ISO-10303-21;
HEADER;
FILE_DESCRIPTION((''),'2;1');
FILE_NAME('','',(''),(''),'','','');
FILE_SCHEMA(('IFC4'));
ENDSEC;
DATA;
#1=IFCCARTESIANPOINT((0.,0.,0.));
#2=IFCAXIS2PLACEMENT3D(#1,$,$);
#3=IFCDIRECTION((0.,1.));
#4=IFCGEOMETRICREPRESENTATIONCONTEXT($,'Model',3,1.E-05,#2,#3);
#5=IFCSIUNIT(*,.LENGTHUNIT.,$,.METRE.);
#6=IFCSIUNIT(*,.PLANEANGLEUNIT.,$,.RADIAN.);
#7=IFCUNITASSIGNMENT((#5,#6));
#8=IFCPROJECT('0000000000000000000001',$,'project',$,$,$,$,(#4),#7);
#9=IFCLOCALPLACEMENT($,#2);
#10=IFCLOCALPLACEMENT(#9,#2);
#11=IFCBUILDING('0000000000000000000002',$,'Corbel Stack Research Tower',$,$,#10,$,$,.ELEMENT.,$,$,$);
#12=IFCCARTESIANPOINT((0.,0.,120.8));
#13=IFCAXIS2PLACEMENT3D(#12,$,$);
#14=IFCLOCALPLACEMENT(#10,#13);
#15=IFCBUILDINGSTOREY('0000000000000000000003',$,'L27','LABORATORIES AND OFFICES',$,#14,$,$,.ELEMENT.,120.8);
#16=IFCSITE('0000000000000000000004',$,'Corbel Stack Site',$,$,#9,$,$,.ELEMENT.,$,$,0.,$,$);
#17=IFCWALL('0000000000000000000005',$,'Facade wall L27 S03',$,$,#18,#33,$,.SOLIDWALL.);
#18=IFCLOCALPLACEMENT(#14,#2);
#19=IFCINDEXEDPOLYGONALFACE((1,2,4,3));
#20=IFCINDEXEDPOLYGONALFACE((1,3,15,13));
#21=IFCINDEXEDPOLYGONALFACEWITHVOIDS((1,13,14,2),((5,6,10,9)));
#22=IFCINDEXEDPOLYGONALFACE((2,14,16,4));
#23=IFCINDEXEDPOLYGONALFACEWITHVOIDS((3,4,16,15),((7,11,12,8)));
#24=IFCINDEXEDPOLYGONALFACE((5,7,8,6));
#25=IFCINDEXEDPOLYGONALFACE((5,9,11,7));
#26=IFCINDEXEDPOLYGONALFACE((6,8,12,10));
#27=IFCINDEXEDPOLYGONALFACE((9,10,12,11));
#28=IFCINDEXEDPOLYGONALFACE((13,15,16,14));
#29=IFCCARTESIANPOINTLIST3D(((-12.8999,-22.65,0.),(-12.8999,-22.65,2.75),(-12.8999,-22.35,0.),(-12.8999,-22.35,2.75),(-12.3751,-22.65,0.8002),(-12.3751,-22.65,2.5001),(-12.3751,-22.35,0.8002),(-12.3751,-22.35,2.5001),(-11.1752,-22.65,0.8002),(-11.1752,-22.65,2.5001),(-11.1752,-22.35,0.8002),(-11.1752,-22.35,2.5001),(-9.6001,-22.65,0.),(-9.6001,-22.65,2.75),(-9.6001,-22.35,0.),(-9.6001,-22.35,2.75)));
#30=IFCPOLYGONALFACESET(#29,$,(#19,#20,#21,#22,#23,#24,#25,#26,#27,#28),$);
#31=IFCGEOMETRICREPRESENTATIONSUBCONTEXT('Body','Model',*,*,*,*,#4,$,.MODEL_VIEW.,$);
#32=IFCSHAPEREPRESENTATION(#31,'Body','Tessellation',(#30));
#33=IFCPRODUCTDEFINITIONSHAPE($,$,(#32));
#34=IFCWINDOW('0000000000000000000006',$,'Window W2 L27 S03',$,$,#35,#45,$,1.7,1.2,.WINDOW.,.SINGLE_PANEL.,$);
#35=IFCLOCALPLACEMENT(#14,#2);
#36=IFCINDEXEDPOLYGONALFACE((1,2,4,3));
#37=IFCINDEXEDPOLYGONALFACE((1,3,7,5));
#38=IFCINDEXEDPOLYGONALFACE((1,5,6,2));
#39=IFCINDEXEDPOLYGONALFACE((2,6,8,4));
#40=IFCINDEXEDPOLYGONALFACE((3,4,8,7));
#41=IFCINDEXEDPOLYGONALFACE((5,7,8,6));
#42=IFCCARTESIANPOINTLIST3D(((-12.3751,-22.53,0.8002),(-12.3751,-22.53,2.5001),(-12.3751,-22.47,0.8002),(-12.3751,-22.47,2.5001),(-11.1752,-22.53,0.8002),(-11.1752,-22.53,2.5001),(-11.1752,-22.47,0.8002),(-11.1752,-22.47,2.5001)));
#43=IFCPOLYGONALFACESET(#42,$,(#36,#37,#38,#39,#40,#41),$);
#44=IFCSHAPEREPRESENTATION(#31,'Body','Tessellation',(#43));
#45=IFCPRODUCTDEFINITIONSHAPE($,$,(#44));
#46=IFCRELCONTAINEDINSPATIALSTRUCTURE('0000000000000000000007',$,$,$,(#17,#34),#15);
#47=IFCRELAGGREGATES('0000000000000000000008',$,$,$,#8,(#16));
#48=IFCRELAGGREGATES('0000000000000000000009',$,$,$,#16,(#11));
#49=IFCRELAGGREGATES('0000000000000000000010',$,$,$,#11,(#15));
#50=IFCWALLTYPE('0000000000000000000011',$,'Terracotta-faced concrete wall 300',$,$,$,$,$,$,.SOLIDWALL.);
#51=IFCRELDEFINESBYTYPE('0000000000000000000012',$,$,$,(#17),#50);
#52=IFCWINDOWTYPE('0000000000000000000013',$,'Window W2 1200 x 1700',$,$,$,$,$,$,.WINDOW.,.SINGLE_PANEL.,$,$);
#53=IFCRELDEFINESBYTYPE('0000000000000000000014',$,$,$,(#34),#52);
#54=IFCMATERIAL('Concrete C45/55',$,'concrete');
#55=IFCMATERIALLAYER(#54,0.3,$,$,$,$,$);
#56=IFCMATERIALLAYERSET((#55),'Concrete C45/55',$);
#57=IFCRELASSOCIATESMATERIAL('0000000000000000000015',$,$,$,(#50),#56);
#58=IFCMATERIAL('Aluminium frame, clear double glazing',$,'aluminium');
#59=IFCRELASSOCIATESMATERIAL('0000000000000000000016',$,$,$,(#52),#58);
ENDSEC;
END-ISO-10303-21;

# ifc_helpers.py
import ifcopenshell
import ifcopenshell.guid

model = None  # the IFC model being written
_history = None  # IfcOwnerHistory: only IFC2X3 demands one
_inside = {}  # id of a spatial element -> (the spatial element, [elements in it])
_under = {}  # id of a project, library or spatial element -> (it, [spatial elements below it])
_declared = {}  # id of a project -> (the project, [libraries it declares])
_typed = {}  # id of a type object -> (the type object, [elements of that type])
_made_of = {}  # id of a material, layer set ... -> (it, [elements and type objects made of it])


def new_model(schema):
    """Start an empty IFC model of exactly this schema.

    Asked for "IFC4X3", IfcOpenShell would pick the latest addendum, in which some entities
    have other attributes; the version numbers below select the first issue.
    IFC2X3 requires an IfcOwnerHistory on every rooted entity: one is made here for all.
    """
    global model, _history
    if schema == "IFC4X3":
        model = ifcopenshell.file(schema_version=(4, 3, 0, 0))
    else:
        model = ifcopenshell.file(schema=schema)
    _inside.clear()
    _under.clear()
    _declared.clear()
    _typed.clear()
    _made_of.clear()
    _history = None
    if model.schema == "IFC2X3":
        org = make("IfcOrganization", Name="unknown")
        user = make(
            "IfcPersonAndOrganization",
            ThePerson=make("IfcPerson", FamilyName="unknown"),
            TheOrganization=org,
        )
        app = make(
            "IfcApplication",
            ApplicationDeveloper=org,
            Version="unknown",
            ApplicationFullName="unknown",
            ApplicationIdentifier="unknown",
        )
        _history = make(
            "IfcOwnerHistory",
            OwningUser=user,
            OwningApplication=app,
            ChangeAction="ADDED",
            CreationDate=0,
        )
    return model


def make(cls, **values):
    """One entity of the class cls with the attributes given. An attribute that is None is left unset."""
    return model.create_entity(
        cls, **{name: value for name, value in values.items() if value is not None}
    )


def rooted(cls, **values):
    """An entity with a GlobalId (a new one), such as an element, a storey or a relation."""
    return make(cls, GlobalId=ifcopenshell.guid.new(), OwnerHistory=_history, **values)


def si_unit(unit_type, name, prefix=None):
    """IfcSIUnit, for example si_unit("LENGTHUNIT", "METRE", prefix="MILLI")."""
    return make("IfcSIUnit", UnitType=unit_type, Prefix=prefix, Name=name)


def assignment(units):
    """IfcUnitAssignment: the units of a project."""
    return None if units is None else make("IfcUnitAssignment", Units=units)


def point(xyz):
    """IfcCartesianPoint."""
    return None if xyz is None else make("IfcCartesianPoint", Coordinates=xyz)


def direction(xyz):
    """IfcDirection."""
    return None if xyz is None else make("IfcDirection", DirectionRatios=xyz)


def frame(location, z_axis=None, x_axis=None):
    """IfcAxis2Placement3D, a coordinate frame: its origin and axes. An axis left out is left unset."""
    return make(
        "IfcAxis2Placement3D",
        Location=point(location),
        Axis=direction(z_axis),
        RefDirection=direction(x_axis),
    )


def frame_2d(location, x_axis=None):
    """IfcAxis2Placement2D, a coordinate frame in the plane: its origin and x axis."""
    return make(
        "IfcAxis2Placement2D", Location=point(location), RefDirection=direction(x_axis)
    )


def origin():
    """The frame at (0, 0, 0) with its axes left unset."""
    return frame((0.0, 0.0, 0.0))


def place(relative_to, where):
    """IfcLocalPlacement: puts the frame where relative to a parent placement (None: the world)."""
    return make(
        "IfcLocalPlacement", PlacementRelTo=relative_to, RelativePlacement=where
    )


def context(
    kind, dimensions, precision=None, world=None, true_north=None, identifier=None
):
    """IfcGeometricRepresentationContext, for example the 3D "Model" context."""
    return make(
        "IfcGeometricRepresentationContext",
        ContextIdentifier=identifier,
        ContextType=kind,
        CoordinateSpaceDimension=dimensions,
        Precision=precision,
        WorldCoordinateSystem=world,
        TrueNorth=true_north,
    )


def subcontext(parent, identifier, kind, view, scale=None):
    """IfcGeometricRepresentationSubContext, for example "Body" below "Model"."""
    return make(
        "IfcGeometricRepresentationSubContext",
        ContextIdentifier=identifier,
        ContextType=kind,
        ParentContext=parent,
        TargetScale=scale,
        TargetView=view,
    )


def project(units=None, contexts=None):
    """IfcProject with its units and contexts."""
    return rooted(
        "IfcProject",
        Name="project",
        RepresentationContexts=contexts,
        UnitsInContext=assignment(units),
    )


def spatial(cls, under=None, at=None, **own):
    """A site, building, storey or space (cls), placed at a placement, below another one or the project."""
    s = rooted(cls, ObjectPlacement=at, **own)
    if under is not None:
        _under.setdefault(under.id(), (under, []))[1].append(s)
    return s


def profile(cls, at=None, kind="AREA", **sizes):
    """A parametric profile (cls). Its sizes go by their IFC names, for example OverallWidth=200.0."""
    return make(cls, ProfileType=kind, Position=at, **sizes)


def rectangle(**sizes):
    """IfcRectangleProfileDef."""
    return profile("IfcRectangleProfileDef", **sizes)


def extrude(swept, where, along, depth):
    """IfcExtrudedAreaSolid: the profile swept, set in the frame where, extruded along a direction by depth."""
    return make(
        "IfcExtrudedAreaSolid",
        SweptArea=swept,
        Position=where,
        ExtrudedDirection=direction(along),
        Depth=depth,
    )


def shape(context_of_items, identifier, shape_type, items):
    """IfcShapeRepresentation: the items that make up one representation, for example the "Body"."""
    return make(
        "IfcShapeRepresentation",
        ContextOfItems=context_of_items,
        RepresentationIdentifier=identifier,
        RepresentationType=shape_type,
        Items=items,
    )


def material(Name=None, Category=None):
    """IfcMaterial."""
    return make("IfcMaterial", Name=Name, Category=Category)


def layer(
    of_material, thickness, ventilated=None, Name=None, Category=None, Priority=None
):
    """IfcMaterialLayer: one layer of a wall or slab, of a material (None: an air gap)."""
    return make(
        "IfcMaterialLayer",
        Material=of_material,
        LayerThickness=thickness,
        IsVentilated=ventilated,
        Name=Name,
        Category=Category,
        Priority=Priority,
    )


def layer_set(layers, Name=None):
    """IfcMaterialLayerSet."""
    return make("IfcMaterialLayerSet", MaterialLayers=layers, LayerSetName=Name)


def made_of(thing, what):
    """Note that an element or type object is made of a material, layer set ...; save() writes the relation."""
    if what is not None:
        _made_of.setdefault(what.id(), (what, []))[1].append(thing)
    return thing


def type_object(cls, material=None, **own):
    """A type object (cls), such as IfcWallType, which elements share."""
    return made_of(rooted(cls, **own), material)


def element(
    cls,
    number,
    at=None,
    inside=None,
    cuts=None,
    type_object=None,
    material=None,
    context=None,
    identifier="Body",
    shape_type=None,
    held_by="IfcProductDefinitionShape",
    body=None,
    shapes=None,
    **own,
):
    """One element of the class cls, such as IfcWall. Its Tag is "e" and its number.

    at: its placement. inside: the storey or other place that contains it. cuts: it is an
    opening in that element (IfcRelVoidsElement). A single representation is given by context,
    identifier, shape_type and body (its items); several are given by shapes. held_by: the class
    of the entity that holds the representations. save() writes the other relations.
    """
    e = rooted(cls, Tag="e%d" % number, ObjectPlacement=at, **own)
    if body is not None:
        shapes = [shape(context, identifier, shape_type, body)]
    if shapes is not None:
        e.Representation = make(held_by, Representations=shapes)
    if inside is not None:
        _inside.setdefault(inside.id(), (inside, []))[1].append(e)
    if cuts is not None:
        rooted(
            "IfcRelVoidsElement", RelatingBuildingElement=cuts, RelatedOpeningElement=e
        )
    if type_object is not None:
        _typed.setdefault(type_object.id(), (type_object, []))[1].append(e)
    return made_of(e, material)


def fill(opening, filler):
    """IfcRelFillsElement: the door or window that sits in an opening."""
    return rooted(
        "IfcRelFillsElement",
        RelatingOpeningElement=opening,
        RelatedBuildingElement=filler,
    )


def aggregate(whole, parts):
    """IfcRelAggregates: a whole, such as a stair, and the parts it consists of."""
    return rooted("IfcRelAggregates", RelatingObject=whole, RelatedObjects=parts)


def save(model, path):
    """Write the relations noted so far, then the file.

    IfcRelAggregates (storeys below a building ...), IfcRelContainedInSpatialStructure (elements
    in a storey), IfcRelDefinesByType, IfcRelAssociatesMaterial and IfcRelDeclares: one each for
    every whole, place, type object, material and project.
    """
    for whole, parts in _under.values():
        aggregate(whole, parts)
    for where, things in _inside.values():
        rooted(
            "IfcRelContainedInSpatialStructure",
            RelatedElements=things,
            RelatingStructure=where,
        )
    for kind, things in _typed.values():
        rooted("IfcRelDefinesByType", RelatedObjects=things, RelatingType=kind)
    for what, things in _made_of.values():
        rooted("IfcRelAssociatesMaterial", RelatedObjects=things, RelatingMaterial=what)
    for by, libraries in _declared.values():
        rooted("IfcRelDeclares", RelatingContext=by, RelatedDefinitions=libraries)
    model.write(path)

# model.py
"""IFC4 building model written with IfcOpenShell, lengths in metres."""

from ifc_helpers import new_model, si_unit, direction, frame, frame_2d, origin, place, context, subcontext, project, spatial, rectangle, extrude, material, layer, layer_set, type_object, element, fill, save


model = new_model("IFC4")

# Units and contexts
model_context = context("Model", 3, precision=1e-05, world=origin(), true_north=direction((0.0, 1.0)))
body_context = subcontext(model_context, "Body", "Model", "MODEL_VIEW")
ifc_project = project(units=[si_unit("LENGTHUNIT", "METRE"), si_unit("PLANEANGLEUNIT", "RADIAN")], contexts=[model_context])

# Site, building, storey
site_placement = place(None, origin())
site = spatial("IfcSite", under=ifc_project, at=site_placement, Name="Corbel Stack Site", CompositionType="ELEMENT", RefElevation=0.0)
building_placement = place(site_placement, origin())
building = spatial("IfcBuilding", under=site, at=building_placement, Name="Corbel Stack Research Tower", CompositionType="ELEMENT")
storey_placement = place(building_placement, frame((0.0, 0.0, 120.8)))
storey = spatial("IfcBuildingStorey", under=building, at=storey_placement, Name="L27", Description="LABORATORIES AND OFFICES", CompositionType="ELEMENT", Elevation=120.8)

# Shared definitions
ifc_material_1 = material(Name="Concrete C45/55", Category="concrete")
ifc_layer_1 = layer(ifc_material_1, 0.3)
ifc_layer_set_1 = layer_set([ifc_layer_1], Name="Concrete C45/55")
wall_type_1 = type_object("IfcWallType", Name="Terracotta-faced concrete wall 300", PredefinedType="SOLIDWALL", material=ifc_layer_set_1)
ifc_material_2 = material(Name="Aluminium frame, clear double glazing", Category="aluminium")
window_type = type_object("IfcWindowType", Name="Window W2 1200 x 1700", PartitioningType="SINGLE_PANEL", PredefinedType="WINDOW", material=ifc_material_2)

# Wall, opening, window
wall_1_placement = place(storey_placement, frame((-9.6001, -22.5, 0.0), z_axis=(0.0, 0.0, 1.0), x_axis=(-1.0, 0.0, 0.0)))
wall_1 = element("IfcWall", 1, at=wall_1_placement, inside=storey, type_object=wall_type_1, Name="Facade wall L27 S03", PredefinedType="SOLIDWALL", context=body_context, shape_type="SweptSolid", body=[
    extrude(rectangle(XDim=3.2998, YDim=0.3, at=frame_2d((1.6499, 0.0))), origin(), (0.0, 0.0, 1.0), 2.75),
])
opening_1_placement = place(wall_1_placement, frame((1.575, 0.0, 0.8)))
opening_1 = element("IfcOpeningElement", 2, at=opening_1_placement, cuts=wall_1, PredefinedType="OPENING", context=body_context, shape_type="SweptSolid", body=[
    extrude(rectangle(XDim=1.2, YDim=1.7, at=frame_2d((0.6001, 0.8501))), frame((0.0, 0.1599, 0.0), z_axis=(0.0, -1.0, 0.0), x_axis=(1.0, 0.0, 0.0)), (0.0, 0.0, 1.0), 0.3201),
])
window_1_placement = place(opening_1_placement, origin())
window_1 = element("IfcWindow", 3, at=window_1_placement, inside=storey, type_object=window_type, Name="Window W2 L27 S03", OverallHeight=1.7, OverallWidth=1.2, PartitioningType="SINGLE_PANEL", PredefinedType="WINDOW", context=body_context, shape_type="SweptSolid", body=[
    extrude(rectangle(XDim=1.2, YDim=1.7, at=frame_2d((0.6001, 0.8501))), frame((0.0, 0.03, 0.0), z_axis=(0.0, -1.0, 0.0), x_axis=(1.0, 0.0, 0.0)), (0.0, 0.0, 1.0), 0.0601),
])
fill(opening_1, window_1)

save(model, "model.ifc")
